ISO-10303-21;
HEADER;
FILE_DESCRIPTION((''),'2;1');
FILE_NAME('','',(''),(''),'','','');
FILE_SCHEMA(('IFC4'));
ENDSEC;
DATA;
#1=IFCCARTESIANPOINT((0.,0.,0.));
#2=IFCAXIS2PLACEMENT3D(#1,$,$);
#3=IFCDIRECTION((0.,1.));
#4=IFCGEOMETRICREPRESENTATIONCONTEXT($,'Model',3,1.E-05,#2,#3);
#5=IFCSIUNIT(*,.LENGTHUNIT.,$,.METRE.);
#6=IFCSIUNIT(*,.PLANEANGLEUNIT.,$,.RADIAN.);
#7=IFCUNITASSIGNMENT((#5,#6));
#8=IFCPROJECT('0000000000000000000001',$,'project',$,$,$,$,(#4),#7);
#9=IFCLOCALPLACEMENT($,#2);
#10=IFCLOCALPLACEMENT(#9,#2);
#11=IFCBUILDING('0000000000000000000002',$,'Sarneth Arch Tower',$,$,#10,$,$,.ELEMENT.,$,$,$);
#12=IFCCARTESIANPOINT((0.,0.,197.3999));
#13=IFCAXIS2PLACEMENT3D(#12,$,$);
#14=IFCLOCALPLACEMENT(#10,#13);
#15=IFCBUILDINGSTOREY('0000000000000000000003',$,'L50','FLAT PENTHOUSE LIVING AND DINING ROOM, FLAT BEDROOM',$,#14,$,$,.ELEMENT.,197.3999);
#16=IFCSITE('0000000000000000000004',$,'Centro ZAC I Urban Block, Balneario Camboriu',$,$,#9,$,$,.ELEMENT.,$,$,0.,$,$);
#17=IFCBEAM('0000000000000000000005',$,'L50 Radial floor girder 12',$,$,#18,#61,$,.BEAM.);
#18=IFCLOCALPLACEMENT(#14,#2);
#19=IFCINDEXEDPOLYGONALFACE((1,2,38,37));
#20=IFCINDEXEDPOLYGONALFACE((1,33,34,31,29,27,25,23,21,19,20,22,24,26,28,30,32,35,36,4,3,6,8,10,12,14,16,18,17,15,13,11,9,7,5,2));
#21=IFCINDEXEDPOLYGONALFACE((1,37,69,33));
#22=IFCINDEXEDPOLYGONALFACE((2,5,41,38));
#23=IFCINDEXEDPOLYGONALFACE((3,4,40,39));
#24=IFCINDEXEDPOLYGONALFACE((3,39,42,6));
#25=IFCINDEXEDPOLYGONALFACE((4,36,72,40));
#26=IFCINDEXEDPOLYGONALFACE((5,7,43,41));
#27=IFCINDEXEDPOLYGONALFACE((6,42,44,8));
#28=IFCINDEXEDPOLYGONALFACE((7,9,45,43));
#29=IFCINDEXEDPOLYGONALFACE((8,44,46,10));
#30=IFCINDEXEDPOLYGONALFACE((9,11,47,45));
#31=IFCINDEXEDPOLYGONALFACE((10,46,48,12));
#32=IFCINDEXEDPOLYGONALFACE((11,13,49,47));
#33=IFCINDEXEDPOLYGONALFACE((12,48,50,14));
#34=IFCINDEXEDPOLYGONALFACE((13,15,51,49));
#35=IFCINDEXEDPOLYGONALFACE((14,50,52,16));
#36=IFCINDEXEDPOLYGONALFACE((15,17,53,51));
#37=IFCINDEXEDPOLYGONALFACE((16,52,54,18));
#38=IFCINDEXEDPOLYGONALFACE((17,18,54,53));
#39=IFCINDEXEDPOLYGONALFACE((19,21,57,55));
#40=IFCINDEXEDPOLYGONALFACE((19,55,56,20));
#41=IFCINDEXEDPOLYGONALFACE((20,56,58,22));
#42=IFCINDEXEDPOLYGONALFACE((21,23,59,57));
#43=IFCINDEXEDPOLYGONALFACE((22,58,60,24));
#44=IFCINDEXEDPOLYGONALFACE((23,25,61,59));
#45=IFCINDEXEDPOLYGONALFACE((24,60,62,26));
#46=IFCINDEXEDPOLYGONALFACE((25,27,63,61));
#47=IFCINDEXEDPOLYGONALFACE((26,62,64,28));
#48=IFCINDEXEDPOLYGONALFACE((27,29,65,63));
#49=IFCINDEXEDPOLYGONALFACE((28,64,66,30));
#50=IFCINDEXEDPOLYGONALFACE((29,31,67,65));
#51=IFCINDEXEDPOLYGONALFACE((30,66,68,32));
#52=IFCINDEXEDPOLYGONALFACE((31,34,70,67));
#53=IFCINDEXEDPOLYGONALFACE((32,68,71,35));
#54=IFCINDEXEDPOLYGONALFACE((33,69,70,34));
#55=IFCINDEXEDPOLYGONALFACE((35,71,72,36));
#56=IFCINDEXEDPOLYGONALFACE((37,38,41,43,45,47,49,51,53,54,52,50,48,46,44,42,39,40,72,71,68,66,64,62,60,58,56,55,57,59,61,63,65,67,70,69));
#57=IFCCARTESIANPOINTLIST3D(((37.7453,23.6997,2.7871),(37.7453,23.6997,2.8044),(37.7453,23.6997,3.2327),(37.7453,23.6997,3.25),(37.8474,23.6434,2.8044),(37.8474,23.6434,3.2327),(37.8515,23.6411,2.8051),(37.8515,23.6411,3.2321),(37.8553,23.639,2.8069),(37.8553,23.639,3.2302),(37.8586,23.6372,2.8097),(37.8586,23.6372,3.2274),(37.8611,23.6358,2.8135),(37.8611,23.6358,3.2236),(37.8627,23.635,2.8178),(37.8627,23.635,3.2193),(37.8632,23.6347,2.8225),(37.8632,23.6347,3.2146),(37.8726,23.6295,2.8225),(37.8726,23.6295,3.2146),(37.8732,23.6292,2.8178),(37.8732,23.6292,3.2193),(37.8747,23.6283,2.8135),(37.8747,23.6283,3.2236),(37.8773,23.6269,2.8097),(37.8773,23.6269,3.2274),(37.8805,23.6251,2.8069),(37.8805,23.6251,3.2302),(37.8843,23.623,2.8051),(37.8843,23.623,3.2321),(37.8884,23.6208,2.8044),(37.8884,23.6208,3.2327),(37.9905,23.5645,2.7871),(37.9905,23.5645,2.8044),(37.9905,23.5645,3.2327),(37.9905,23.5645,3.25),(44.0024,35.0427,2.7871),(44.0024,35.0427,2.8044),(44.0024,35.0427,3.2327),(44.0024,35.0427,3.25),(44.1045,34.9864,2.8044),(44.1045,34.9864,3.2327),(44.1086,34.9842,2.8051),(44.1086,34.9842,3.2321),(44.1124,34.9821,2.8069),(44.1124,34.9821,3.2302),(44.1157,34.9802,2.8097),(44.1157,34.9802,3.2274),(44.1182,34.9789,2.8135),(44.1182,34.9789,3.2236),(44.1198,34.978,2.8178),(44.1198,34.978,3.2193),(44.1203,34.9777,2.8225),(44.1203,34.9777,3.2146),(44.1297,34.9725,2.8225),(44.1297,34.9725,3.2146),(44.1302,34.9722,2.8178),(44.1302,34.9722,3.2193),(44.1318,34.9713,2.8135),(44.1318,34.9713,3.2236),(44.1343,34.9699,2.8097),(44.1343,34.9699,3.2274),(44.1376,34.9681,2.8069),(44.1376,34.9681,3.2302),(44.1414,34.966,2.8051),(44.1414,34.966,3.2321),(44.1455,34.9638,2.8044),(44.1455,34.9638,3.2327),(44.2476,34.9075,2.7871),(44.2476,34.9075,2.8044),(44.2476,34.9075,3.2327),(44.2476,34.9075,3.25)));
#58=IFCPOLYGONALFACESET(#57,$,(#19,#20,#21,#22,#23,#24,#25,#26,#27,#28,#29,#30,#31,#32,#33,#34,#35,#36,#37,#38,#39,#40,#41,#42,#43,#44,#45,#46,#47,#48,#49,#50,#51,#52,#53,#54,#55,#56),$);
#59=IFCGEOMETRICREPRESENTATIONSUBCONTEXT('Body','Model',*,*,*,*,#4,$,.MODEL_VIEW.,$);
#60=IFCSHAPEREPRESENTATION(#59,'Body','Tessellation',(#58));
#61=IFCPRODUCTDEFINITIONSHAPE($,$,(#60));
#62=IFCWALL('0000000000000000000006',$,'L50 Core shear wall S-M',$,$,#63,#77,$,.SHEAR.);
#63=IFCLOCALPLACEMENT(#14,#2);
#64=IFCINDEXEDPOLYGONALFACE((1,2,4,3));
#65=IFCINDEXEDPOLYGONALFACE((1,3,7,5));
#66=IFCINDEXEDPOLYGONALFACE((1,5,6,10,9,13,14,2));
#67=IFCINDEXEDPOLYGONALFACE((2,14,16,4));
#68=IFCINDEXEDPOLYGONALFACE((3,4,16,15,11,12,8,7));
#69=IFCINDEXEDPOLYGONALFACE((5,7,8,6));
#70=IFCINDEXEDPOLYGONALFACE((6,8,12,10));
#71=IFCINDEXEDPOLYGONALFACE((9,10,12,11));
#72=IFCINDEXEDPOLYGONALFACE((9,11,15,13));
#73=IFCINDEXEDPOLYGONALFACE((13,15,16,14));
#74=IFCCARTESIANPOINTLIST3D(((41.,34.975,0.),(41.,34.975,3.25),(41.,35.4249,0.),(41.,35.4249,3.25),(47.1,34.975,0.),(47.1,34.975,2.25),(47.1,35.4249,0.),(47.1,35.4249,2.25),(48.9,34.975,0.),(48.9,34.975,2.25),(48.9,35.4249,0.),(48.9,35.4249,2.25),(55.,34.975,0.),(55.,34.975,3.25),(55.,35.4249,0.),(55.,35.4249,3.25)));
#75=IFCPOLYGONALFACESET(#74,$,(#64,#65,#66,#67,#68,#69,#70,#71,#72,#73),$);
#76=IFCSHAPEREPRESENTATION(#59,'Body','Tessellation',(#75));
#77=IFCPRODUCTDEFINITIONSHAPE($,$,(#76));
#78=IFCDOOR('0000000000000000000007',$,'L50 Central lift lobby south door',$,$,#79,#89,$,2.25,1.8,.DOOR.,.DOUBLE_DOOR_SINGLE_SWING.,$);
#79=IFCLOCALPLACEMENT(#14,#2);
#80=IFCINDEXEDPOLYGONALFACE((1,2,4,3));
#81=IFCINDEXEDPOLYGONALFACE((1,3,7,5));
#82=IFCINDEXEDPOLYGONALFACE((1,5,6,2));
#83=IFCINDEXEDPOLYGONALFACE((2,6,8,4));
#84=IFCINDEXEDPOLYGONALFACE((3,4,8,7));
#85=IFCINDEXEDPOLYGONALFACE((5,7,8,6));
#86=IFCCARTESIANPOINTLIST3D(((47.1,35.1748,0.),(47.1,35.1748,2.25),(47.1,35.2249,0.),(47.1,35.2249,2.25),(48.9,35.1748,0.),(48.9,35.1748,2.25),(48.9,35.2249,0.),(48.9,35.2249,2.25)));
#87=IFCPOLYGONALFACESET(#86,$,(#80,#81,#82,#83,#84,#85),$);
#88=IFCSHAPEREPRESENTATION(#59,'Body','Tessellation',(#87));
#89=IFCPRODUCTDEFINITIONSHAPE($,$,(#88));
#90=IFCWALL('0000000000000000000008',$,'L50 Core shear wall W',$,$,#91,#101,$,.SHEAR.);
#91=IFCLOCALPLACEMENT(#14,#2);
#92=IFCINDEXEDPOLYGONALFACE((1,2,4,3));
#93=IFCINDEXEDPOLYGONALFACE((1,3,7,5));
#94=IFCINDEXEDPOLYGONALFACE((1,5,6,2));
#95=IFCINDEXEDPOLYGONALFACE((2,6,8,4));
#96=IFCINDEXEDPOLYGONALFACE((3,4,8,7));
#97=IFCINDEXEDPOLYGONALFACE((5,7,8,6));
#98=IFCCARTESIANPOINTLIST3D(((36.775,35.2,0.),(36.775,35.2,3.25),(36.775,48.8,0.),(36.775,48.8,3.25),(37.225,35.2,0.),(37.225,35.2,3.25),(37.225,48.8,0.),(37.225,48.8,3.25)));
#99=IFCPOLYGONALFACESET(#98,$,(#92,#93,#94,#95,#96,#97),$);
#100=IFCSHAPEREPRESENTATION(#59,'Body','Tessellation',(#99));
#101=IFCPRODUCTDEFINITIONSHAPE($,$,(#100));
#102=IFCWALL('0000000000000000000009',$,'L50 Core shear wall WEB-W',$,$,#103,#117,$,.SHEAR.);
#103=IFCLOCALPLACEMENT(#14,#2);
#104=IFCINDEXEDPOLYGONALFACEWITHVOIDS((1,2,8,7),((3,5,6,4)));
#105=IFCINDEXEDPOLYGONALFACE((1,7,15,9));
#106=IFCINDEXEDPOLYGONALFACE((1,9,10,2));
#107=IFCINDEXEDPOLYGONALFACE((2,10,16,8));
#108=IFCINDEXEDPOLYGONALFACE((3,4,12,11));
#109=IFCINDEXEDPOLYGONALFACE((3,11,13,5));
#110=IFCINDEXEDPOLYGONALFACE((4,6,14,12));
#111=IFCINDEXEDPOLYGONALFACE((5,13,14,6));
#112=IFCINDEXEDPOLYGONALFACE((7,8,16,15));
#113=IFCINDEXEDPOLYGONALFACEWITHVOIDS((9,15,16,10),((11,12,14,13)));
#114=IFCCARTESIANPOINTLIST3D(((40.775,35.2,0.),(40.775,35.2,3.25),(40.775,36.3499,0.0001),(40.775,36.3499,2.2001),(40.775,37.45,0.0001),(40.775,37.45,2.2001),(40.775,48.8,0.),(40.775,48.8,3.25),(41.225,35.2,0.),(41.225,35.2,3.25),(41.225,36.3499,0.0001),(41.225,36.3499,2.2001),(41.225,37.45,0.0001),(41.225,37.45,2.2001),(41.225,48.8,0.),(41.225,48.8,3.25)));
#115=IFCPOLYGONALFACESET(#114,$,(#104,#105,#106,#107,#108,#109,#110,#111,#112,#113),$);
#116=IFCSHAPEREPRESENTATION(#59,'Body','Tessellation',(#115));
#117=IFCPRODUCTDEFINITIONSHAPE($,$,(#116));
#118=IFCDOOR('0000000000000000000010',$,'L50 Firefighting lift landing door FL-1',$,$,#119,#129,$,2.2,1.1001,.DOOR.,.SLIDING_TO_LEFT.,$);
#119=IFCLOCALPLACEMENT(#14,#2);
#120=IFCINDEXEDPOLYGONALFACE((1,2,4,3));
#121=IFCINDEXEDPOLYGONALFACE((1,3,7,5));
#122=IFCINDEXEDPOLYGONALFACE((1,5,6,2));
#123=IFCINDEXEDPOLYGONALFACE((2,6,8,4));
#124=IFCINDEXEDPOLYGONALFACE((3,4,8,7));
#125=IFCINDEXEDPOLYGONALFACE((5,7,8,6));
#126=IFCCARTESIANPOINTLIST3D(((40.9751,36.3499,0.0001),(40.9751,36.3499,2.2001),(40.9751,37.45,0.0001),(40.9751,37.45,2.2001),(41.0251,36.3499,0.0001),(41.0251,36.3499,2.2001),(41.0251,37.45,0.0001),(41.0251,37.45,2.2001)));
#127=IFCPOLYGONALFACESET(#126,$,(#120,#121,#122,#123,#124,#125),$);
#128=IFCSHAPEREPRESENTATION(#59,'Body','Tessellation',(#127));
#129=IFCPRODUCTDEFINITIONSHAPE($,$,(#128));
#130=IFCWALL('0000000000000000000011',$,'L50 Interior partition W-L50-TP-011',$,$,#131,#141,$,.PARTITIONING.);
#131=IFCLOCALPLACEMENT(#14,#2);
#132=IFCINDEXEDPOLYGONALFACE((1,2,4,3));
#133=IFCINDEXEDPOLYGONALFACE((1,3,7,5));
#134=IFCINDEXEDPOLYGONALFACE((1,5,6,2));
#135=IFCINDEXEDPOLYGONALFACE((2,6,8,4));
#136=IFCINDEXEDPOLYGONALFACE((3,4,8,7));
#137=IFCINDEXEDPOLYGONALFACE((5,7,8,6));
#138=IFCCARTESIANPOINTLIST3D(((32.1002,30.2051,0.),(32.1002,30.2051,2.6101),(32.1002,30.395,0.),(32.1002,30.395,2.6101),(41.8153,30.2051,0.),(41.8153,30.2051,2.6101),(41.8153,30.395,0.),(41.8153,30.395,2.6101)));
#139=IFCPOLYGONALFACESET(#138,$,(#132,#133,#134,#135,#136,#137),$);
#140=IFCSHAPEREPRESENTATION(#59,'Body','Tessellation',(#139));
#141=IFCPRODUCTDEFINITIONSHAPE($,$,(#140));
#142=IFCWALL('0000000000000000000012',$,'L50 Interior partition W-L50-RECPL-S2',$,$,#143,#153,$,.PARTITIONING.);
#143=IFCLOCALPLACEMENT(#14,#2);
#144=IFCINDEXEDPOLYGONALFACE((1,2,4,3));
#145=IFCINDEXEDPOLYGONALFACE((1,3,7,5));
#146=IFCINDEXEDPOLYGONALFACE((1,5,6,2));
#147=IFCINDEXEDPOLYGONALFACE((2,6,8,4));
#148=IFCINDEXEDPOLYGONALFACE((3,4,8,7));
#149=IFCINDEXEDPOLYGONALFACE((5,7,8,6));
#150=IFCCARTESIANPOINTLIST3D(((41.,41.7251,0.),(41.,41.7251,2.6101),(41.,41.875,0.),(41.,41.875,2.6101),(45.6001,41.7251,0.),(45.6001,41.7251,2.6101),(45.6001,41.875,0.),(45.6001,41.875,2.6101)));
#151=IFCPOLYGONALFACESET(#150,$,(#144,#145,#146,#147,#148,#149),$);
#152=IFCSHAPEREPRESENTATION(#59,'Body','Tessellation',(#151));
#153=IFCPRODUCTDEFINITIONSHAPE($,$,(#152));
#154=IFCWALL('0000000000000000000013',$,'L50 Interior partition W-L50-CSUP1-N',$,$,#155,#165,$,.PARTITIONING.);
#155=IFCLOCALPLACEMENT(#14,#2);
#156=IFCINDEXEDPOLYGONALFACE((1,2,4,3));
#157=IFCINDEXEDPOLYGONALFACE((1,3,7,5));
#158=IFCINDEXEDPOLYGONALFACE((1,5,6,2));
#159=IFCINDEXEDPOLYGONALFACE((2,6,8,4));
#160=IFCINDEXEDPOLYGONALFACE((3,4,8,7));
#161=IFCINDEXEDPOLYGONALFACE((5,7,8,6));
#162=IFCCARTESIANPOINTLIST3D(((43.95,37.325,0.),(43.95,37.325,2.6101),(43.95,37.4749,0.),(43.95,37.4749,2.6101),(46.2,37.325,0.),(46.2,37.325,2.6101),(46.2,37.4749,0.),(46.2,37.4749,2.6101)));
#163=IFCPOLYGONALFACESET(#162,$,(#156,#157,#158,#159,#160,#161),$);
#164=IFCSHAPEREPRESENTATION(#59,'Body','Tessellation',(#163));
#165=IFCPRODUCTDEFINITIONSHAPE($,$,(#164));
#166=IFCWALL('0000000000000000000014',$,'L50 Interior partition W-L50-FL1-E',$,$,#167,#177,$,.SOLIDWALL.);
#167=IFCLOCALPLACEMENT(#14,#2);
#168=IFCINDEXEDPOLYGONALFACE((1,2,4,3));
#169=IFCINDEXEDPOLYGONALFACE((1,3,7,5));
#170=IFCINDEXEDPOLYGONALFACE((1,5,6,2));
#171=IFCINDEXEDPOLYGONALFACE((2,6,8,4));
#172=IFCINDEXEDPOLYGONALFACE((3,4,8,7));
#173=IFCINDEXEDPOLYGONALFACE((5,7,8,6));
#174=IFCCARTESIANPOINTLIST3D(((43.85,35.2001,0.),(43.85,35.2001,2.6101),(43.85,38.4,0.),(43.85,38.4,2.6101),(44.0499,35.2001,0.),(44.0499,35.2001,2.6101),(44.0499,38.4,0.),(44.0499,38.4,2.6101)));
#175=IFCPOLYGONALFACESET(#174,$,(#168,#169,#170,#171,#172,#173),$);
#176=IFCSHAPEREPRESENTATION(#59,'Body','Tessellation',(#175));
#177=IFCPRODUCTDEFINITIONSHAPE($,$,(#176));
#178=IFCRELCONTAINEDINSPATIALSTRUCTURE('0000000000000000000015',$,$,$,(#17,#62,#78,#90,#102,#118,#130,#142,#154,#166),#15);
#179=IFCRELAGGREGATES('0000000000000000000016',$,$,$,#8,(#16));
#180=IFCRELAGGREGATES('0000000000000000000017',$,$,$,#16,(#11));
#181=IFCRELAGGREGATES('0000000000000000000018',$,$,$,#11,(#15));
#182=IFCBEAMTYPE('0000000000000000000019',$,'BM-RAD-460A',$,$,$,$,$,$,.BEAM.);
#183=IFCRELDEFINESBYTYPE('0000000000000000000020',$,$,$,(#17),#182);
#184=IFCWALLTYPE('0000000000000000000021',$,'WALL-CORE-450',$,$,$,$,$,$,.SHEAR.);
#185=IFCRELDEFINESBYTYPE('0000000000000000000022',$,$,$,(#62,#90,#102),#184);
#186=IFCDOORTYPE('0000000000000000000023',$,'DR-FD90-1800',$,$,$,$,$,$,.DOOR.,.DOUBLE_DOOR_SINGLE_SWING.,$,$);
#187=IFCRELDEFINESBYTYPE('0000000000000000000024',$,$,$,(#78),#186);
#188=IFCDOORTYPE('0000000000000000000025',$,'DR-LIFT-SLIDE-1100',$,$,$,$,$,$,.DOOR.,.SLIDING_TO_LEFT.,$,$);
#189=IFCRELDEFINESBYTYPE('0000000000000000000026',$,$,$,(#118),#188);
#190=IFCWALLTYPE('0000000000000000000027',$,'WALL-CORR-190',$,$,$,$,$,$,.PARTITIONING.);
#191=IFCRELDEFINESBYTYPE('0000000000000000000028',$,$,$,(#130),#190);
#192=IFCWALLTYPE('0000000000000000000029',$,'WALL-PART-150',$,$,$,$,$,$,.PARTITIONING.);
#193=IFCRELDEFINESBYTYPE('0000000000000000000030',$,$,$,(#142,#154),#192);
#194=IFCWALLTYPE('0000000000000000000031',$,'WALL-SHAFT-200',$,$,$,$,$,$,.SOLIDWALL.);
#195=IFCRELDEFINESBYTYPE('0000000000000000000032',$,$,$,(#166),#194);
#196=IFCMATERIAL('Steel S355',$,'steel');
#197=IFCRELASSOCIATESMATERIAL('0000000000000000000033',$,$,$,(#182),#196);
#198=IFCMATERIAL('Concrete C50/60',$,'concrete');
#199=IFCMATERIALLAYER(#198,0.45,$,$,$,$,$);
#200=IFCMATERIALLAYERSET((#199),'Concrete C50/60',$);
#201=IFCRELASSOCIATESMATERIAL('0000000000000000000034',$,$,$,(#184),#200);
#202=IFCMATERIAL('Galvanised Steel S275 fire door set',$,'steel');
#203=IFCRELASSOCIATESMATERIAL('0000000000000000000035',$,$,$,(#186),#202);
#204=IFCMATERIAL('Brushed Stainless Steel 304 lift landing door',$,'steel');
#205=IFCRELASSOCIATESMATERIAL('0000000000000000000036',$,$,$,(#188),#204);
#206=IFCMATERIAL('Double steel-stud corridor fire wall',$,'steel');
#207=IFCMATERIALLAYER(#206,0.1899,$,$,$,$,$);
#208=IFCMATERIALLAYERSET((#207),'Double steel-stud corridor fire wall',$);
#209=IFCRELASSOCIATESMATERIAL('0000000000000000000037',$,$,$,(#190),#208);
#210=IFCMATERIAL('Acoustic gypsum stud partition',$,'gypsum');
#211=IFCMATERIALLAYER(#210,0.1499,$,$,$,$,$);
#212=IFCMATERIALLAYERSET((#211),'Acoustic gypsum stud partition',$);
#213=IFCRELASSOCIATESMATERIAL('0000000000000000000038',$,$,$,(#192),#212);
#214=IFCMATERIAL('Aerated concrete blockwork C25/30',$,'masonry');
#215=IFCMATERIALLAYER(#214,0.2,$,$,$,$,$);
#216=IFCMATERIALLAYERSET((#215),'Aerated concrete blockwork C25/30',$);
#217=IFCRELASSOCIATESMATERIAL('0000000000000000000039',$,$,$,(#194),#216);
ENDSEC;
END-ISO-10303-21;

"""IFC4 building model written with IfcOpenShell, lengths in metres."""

from ifc_helpers import new_model, si_unit, direction, frame, frame_2d, origin, origin_2d, place, context, subcontext, project, spatial, rectangle, i_section, extrude, material, layer, layer_set, material_profile, profile_set, type_object, element, fill, save


model = new_model("IFC4")

# Units and contexts
model_context = context("Model", 3, precision=1e-05, world=origin(), true_north=direction((0.0, 1.0)))
body_context = subcontext(model_context, "Body", "Model", "MODEL_VIEW")
ifc_project = project(units=[si_unit("LENGTHUNIT", "METRE"), si_unit("PLANEANGLEUNIT", "RADIAN")], contexts=[model_context])

# Site, building, storey
site_placement = place(None, origin())
site = spatial("IfcSite", under=ifc_project, at=site_placement, Name="Centro ZAC I Urban Block, Balneario Camboriu", CompositionType="ELEMENT", RefElevation=0.0)
building_placement = place(site_placement, origin())
building = spatial("IfcBuilding", under=site, at=building_placement, Name="Sarneth Arch Tower", CompositionType="ELEMENT")
storey_placement = place(building_placement, frame((0.0, 0.0, 197.3999)))
storey = spatial("IfcBuildingStorey", under=building, at=storey_placement, Name="L50", Description="FLAT PENTHOUSE LIVING AND DINING ROOM, FLAT BEDROOM", CompositionType="ELEMENT", Elevation=197.3999)

# Beam
ifc_material_1 = material(Name="Steel S355", Category="steel")
ifc_material_profile_1 = material_profile(ifc_material_1, i_section(OverallWidth=0.28, OverallDepth=0.4629, WebThickness=0.0107, FlangeThickness=0.0173, FilletRadius=0.0181, at=origin_2d()), Name="W460x113")
ifc_profile_set_1 = profile_set([ifc_material_profile_1], Name="Steel S355")
beam_type_1 = type_object("IfcBeamType", Name="BM-RAD-460A", PredefinedType="BEAM", material=ifc_profile_set_1)
beam_1_placement = place(storey_placement, frame((44.125, 34.9751, 3.0186), z_axis=(-0.48301, -0.875615, 0.0), x_axis=(0.875615, -0.48301, 0.0)))
element("IfcBeam", 1, at=beam_1_placement, inside=storey, type_object=beam_type_1, Name="L50 Radial floor girder 12", PredefinedType="BEAM", context=body_context, shape_type="SweptSolid", body=[
    extrude(i_section(OverallWidth=0.28, OverallDepth=0.4629, WebThickness=0.0107, FlangeThickness=0.0173, FilletRadius=0.0181, at=origin_2d()), origin(), (0.0, 0.0, 1.0), 12.9543),
])

# Wall, opening, door
ifc_material_2 = material(Name="Concrete C50/60", Category="concrete")
ifc_layer_1 = layer(ifc_material_2, 0.45)
ifc_layer_set_1 = layer_set([ifc_layer_1], Name="Concrete C50/60")
wall_type_1 = type_object("IfcWallType", Name="WALL-CORE-450", PredefinedType="SHEAR", material=ifc_layer_set_1)
wall_1_placement = place(storey_placement, frame((41.0, 35.2, 0.0), z_axis=(0.0, 0.0, 1.0), x_axis=(1.0, 0.0, 0.0)))
wall_1 = element("IfcWall", 2, at=wall_1_placement, inside=storey, type_object=wall_type_1, Name="L50 Core shear wall S-M", PredefinedType="SHEAR", context=body_context, shape_type="SweptSolid", body=[
    extrude(rectangle(XDim=14.0, YDim=0.45, at=frame_2d((7.0, 0.0))), origin(), (0.0, 0.0, 1.0), 3.25),
])
opening_1_placement = place(wall_1_placement, frame((6.1001, 0.0, 0.0)))
opening_1 = element("IfcOpeningElement", 3, at=opening_1_placement, cuts=wall_1, PredefinedType="OPENING", context=body_context, shape_type="SweptSolid", body=[
    extrude(rectangle(XDim=1.8, YDim=2.25, at=frame_2d((0.8999, 1.125))), frame((0.0, 0.2349, 0.0), z_axis=(0.0, -1.0, 0.0), x_axis=(1.0, 0.0, 0.0)), (0.0, 0.0, 1.0), 0.47),
])
ifc_material_3 = material(Name="Galvanised Steel S275 fire door set", Category="steel")
door_type_1 = type_object("IfcDoorType", Name="DR-FD90-1800", OperationType="DOUBLE_DOOR_SINGLE_SWING", PredefinedType="DOOR", material=ifc_material_3)
door_1_placement = place(opening_1_placement, origin())
door_1 = element("IfcDoor", 4, at=door_1_placement, inside=storey, type_object=door_type_1, Name="L50 Central lift lobby south door", OperationType="DOUBLE_DOOR_SINGLE_SWING", OverallHeight=2.25, OverallWidth=1.8, PredefinedType="DOOR", context=body_context, shape_type="SweptSolid", body=[
    extrude(rectangle(XDim=1.8, YDim=2.25, at=frame_2d((0.8999, 1.125))), frame((0.0, 0.0249, 0.0), z_axis=(0.0, -1.0, 0.0), x_axis=(1.0, 0.0, 0.0)), (0.0, 0.0, 1.0), 0.05),
])
fill(opening_1, door_1)

# Wall
wall_2_placement = place(storey_placement, frame((37.0, 35.2, 0.0), z_axis=(0.0, 0.0, 1.0), x_axis=(0.0, 1.0, 0.0)))
element("IfcWall", 5, at=wall_2_placement, inside=storey, type_object=wall_type_1, Name="L50 Core shear wall W", PredefinedType="SHEAR", context=body_context, shape_type="SweptSolid", body=[
    extrude(rectangle(XDim=13.6001, YDim=0.45, at=frame_2d((6.8, 0.0))), origin(), (0.0, 0.0, 1.0), 3.25),
])

# Wall, opening, door
wall_3_placement = place(storey_placement, frame((41.0, 35.2, 0.0), z_axis=(0.0, 0.0, 1.0), x_axis=(0.0, 1.0, 0.0)))
wall_3 = element("IfcWall", 6, at=wall_3_placement, inside=storey, type_object=wall_type_1, Name="L50 Core shear wall WEB-W", PredefinedType="SHEAR", context=body_context, shape_type="SweptSolid", body=[
    extrude(rectangle(XDim=13.6001, YDim=0.45, at=frame_2d((6.8, 0.0))), origin(), (0.0, 0.0, 1.0), 3.25),
])
opening_2_placement = place(wall_3_placement, frame((1.1499, 0.0, 0.0)))
opening_2 = element("IfcOpeningElement", 7, at=opening_2_placement, cuts=wall_3, PredefinedType="OPENING", context=body_context, shape_type="SweptSolid", body=[
    extrude(rectangle(XDim=1.1001, YDim=2.2, at=frame_2d((0.55, 1.1001))), frame((0.0, 0.2349, 0.0), z_axis=(0.0, -1.0, 0.0), x_axis=(1.0, 0.0, 0.0)), (0.0, 0.0, 1.0), 0.47),
])
ifc_material_4 = material(Name="Brushed Stainless Steel 304 lift landing door", Category="steel")
door_type_2 = type_object("IfcDoorType", Name="DR-LIFT-SLIDE-1100", OperationType="SLIDING_TO_LEFT", PredefinedType="DOOR", material=ifc_material_4)
door_2_placement = place(opening_2_placement, origin())
door_2 = element("IfcDoor", 8, at=door_2_placement, inside=storey, type_object=door_type_2, Name="L50 Firefighting lift landing door FL-1", OperationType="SLIDING_TO_LEFT", OverallHeight=2.2, OverallWidth=1.1001, PredefinedType="DOOR", context=body_context, shape_type="SweptSolid", body=[
    extrude(rectangle(XDim=1.1001, YDim=2.2, at=frame_2d((0.55, 1.1001))), frame((0.0, 0.0249, 0.0), z_axis=(0.0, -1.0, 0.0), x_axis=(1.0, 0.0, 0.0)), (0.0, 0.0, 1.0), 0.05),
])
fill(opening_2, door_2)

# Wall
ifc_material_5 = material(Name="Double steel-stud corridor fire wall", Category="steel")
ifc_layer_2 = layer(ifc_material_5, 0.1899)
ifc_layer_set_2 = layer_set([ifc_layer_2], Name="Double steel-stud corridor fire wall")
wall_type_2 = type_object("IfcWallType", Name="WALL-CORR-190", PredefinedType="PARTITIONING", material=ifc_layer_set_2)
wall_4_placement = place(storey_placement, frame((41.8152, 30.3, 0.0), z_axis=(0.0, 0.0, 1.0), x_axis=(-1.0, 0.0, 0.0)))
element("IfcWall", 9, at=wall_4_placement, inside=storey, type_object=wall_type_2, Name="L50 Interior partition W-L50-TP-011", PredefinedType="PARTITIONING", context=body_context, shape_type="SweptSolid", body=[
    extrude(rectangle(XDim=9.7151, YDim=0.1899, at=frame_2d((4.8574, 0.0))), origin(), (0.0, 0.0, 1.0), 2.6101),
])

# Shared definitions
ifc_material_6 = material(Name="Acoustic gypsum stud partition", Category="gypsum")
ifc_layer_3 = layer(ifc_material_6, 0.1499)
ifc_layer_set_3 = layer_set([ifc_layer_3], Name="Acoustic gypsum stud partition")
wall_type_3 = type_object("IfcWallType", Name="WALL-PART-150", PredefinedType="PARTITIONING", material=ifc_layer_set_3)

# Wall
wall_5_placement = place(storey_placement, frame((41.0, 41.8, 0.0), z_axis=(0.0, 0.0, 1.0), x_axis=(1.0, 0.0, 0.0)))
element("IfcWall", 10, at=wall_5_placement, inside=storey, type_object=wall_type_3, Name="L50 Interior partition W-L50-RECPL-S2", PredefinedType="PARTITIONING", context=body_context, shape_type="SweptSolid", body=[
    extrude(rectangle(XDim=4.6001, YDim=0.1499, at=frame_2d((2.3, 0.0))), origin(), (0.0, 0.0, 1.0), 2.6101),
])

# Wall
wall_6_placement = place(storey_placement, frame((43.95, 37.3999, 0.0), z_axis=(0.0, 0.0, 1.0), x_axis=(1.0, 0.0, 0.0)))
element("IfcWall", 11, at=wall_6_placement, inside=storey, type_object=wall_type_3, Name="L50 Interior partition W-L50-CSUP1-N", PredefinedType="PARTITIONING", context=body_context, shape_type="SweptSolid", body=[
    extrude(rectangle(XDim=2.25, YDim=0.1499, at=frame_2d((1.125, 0.0))), origin(), (0.0, 0.0, 1.0), 2.6101),
])

# Shared definitions
ifc_material_7 = material(Name="Aerated concrete blockwork C25/30", Category="masonry")
ifc_layer_4 = layer(ifc_material_7, 0.2)
ifc_layer_set_4 = layer_set([ifc_layer_4], Name="Aerated concrete blockwork C25/30")
wall_type_4 = type_object("IfcWallType", Name="WALL-SHAFT-200", PredefinedType="SOLIDWALL", material=ifc_layer_set_4)

# Wall
wall_7_placement = place(storey_placement, frame((43.95, 35.2, 0.0), z_axis=(0.0, 0.0, 1.0), x_axis=(0.0, 1.0, 0.0)))
element("IfcWall", 12, at=wall_7_placement, inside=storey, type_object=wall_type_4, Name="L50 Interior partition W-L50-FL1-E", PredefinedType="SOLIDWALL", context=body_context, shape_type="SweptSolid", body=[
    extrude(rectangle(XDim=3.2, YDim=0.2, at=frame_2d((1.6001, 0.0))), origin(), (0.0, 0.0, 1.0), 2.6101),
])

save(model, "model.ifc")
